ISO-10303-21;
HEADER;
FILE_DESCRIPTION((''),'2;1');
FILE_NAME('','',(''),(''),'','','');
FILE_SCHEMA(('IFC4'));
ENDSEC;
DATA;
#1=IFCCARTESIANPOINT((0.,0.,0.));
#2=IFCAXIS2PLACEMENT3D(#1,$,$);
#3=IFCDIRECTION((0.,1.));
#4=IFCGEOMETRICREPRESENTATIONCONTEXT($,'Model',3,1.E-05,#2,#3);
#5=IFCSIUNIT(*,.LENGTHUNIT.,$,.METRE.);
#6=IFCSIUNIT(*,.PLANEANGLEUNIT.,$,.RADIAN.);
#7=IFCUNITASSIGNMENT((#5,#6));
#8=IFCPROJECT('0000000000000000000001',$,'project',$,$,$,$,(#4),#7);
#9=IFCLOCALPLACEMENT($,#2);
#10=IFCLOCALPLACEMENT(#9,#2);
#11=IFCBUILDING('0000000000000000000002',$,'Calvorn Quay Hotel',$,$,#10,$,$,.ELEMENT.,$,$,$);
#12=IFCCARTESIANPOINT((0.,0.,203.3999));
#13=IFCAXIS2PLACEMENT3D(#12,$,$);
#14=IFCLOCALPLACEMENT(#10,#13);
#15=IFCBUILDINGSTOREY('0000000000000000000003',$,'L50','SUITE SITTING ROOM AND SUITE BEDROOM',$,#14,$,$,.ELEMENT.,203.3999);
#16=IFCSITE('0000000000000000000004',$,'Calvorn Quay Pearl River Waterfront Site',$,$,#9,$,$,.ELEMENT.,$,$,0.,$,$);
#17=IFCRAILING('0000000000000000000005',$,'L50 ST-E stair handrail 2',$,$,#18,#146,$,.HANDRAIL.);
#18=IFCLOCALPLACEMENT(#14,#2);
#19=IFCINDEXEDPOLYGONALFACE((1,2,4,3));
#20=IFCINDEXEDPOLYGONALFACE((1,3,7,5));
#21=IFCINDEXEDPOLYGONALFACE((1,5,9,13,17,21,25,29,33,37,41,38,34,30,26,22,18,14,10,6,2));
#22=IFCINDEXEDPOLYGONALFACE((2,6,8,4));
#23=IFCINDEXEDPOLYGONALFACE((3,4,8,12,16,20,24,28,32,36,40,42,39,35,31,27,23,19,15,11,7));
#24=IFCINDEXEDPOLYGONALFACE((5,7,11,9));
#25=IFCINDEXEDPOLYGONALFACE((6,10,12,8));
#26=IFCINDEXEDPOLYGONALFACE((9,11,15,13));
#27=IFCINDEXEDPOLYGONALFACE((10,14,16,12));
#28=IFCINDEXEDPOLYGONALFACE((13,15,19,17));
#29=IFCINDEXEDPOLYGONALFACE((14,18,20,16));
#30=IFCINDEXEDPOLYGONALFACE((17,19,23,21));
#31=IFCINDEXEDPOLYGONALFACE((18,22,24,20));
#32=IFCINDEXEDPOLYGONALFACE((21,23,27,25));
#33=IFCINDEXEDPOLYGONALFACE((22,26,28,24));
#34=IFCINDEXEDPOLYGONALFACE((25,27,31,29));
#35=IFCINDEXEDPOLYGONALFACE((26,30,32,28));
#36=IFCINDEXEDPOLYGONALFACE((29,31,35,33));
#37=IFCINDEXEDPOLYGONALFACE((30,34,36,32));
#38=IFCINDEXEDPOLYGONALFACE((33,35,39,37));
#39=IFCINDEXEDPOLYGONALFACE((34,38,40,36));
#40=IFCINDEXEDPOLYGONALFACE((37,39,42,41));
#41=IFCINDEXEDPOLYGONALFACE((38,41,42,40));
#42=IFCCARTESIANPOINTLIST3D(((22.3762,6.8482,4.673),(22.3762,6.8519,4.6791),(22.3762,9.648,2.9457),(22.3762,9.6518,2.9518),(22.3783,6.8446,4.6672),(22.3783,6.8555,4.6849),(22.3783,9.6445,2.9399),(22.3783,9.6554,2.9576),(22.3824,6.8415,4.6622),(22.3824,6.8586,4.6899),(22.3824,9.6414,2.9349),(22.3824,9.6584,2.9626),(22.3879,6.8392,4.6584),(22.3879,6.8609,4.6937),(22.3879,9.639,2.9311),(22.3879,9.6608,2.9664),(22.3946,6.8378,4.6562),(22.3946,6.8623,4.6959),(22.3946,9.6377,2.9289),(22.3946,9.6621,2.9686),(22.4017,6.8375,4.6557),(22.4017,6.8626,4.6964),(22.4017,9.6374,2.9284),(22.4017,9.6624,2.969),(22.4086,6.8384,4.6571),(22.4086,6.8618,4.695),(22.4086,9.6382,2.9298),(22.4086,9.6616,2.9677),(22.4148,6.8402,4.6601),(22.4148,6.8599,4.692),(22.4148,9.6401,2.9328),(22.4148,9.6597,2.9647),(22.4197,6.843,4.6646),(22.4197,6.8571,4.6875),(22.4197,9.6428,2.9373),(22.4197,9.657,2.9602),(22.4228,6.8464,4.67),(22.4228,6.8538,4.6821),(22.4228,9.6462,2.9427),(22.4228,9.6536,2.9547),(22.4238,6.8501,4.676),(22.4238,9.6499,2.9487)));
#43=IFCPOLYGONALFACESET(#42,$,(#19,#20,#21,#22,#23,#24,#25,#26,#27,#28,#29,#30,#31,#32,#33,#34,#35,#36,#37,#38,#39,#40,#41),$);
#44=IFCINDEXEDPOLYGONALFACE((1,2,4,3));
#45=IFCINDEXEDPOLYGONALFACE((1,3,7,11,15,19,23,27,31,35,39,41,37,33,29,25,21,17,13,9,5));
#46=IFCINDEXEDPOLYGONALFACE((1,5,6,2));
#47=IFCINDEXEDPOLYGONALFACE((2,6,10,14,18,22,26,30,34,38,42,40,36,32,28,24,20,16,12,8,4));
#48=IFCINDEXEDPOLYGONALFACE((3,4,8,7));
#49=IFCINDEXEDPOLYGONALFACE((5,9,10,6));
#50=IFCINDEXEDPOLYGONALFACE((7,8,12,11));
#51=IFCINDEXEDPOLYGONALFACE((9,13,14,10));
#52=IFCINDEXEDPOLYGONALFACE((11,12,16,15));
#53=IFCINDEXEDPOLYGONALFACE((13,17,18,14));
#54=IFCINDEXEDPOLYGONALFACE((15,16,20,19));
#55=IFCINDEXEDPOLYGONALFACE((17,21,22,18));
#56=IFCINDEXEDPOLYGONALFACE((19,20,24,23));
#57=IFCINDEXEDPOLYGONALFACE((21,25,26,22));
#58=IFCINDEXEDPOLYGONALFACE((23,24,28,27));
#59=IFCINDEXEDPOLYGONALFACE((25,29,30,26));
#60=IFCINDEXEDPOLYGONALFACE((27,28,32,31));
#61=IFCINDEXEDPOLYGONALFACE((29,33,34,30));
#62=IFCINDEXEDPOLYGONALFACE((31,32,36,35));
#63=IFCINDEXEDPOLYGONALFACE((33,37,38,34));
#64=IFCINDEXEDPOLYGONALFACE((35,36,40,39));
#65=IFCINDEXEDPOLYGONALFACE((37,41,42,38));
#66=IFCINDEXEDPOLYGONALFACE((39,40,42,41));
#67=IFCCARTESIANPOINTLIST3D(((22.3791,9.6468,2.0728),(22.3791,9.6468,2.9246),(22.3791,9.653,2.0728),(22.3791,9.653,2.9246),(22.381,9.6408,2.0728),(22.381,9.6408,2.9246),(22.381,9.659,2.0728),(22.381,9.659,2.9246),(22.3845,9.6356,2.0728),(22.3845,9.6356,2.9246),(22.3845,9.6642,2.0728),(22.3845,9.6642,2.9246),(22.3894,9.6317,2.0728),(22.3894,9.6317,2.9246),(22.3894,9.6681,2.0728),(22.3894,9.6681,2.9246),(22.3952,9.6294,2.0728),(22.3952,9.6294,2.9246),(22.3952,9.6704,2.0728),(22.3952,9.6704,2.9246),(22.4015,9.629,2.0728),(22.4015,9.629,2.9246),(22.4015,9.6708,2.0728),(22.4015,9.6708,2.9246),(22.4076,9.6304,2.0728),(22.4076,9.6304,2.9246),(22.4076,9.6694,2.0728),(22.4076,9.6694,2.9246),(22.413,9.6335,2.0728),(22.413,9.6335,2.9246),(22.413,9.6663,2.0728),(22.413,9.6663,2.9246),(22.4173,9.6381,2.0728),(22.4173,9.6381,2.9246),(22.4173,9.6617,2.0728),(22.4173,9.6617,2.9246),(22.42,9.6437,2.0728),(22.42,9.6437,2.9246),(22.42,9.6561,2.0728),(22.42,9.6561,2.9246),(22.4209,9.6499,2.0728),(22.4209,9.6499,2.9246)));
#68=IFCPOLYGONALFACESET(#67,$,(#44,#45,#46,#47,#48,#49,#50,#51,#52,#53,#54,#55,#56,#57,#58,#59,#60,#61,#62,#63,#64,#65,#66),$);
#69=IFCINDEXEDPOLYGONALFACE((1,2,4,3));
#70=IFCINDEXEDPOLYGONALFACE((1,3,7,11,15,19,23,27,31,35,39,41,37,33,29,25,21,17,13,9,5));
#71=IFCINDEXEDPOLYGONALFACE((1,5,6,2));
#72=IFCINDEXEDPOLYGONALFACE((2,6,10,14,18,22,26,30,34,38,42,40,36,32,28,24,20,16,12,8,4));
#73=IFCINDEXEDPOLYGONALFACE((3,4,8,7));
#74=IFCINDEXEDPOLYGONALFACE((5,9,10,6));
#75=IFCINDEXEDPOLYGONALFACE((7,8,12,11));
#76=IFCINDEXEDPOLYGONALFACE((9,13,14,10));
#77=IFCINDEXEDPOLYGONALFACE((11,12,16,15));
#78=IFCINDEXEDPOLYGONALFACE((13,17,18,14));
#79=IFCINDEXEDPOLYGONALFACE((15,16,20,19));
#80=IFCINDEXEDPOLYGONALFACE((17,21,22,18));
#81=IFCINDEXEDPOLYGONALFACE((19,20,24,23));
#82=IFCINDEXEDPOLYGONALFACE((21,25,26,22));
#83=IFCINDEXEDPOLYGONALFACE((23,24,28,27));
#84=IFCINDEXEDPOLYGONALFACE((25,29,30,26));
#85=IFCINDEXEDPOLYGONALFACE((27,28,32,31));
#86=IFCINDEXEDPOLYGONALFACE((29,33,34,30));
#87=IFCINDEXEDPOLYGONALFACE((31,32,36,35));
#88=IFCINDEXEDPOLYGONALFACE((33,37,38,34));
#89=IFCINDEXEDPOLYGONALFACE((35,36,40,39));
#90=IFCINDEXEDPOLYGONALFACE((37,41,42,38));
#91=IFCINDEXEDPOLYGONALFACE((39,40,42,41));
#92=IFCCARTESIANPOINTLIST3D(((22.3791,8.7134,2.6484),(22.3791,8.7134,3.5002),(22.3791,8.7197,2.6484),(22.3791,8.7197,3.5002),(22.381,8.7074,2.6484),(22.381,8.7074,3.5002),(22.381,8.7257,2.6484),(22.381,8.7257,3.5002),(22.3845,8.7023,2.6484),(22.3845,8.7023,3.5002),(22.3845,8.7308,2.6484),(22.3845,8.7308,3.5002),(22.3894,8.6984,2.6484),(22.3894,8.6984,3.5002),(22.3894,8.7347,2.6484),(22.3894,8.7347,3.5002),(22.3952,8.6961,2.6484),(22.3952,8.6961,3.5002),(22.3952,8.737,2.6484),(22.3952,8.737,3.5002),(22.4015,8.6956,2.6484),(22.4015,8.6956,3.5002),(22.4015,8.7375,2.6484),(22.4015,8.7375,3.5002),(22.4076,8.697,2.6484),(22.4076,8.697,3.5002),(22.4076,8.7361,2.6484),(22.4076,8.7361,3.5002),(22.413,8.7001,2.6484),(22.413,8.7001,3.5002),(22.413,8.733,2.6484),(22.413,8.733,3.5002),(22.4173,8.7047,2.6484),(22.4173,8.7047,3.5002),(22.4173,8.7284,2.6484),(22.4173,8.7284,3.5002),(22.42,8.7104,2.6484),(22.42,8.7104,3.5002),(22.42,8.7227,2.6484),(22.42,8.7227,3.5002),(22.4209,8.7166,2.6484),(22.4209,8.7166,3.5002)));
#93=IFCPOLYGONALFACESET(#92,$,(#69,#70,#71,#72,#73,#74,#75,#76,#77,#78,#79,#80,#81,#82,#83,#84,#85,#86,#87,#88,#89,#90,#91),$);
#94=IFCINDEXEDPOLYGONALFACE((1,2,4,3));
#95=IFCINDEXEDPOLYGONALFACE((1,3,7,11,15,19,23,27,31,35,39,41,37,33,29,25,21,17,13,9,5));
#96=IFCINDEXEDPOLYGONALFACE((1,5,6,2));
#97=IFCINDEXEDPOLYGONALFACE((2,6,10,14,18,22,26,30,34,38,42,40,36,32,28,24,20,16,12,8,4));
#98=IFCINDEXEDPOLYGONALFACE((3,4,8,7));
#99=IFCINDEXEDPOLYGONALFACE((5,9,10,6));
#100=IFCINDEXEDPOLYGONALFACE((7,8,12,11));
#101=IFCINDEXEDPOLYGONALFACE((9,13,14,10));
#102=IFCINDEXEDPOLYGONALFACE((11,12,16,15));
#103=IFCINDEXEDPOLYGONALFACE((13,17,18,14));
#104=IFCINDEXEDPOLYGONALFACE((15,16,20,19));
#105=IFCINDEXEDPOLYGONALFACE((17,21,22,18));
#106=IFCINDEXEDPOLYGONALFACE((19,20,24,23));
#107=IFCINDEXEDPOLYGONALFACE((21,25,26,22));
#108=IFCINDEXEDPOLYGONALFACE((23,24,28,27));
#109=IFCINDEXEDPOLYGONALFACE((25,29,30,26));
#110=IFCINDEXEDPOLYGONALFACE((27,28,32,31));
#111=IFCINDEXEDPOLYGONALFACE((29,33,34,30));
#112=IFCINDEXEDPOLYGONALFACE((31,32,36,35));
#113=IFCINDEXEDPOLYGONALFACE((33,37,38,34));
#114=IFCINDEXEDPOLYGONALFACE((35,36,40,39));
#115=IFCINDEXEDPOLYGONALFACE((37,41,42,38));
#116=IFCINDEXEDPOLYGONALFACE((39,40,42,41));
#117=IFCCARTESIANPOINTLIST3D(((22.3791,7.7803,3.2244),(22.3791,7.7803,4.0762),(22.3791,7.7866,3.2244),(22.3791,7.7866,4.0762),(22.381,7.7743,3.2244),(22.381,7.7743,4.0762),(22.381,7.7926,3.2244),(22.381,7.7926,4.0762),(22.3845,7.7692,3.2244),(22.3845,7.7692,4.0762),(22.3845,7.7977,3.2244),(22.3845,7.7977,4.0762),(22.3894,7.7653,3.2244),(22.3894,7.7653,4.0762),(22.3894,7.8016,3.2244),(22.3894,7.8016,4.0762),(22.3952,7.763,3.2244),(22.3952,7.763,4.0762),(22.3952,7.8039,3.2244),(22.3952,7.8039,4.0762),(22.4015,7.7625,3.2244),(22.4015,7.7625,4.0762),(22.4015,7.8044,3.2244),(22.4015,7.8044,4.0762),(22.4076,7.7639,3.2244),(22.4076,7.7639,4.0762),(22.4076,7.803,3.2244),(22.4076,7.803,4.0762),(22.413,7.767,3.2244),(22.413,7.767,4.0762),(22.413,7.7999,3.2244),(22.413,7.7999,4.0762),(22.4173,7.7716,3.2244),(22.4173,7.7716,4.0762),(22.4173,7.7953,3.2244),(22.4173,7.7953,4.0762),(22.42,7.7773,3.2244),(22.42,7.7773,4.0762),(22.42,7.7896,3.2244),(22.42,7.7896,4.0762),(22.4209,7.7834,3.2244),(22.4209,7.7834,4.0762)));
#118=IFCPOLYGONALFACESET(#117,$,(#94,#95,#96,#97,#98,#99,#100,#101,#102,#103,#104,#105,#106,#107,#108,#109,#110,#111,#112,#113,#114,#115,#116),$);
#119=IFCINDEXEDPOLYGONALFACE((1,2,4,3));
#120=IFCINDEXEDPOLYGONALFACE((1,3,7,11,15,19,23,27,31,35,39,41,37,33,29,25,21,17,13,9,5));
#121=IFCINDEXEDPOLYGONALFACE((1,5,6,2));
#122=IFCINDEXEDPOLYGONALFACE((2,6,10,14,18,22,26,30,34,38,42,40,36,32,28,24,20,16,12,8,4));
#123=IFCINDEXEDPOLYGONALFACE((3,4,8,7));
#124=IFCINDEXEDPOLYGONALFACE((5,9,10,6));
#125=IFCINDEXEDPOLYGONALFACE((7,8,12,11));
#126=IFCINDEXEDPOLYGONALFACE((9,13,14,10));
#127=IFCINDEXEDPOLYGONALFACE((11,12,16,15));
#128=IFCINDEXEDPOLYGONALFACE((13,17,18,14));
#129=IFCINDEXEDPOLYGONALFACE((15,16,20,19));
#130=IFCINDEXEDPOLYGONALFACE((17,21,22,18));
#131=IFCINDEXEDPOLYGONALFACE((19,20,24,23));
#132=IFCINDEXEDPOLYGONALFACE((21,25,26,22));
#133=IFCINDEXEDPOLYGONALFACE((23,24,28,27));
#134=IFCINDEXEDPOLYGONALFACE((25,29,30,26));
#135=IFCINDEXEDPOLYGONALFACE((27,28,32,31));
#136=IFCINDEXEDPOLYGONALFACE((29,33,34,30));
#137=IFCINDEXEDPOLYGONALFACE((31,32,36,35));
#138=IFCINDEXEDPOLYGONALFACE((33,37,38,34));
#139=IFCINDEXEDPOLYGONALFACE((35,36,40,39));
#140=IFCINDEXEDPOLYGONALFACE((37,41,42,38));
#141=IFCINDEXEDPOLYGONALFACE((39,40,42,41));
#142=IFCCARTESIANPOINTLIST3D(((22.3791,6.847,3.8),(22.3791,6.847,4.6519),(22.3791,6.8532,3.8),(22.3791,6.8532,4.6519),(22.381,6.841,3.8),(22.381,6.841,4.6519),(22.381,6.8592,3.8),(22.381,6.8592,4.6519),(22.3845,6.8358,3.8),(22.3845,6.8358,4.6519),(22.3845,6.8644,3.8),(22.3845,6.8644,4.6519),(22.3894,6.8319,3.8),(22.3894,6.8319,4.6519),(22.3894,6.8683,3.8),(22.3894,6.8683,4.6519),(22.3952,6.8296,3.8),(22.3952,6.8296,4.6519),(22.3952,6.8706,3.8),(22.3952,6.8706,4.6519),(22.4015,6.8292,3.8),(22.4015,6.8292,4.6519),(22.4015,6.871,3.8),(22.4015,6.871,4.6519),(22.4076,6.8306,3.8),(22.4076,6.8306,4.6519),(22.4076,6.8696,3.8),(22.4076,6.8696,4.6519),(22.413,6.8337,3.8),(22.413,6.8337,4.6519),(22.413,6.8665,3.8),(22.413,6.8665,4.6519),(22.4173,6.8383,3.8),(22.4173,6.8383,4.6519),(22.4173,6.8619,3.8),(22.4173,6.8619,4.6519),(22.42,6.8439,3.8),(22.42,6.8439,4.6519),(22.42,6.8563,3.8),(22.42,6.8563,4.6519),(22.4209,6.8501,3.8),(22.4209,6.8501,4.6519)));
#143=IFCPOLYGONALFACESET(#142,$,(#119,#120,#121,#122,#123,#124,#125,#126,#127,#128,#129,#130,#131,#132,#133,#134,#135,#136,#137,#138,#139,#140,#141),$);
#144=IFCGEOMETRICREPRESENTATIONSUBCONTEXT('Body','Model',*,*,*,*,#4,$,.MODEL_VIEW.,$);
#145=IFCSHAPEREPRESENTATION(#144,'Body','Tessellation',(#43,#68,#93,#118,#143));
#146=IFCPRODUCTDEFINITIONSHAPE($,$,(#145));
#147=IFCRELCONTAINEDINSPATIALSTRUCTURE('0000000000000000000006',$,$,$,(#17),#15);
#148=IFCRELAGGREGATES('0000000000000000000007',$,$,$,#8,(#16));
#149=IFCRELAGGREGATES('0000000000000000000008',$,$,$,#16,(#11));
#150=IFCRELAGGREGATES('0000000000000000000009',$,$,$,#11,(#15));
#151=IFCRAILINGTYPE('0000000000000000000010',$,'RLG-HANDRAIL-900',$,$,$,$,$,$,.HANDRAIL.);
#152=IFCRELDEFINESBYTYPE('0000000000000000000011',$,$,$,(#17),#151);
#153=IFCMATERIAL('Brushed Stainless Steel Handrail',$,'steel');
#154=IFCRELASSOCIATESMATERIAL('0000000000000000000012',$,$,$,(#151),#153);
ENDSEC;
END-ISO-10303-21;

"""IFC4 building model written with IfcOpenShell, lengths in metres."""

from ifc_helpers import new_model, si_unit, direction, frame, origin, origin_2d, place, context, subcontext, project, spatial, circle, extrude, material, type_object, element, save


model = new_model("IFC4")

# Units and contexts
model_context = context("Model", 3, precision=1e-05, world=origin(), true_north=direction((0.0, 1.0)))
body_context = subcontext(model_context, "Body", "Model", "MODEL_VIEW")
ifc_project = project(units=[si_unit("LENGTHUNIT", "METRE"), si_unit("PLANEANGLEUNIT", "RADIAN")], contexts=[model_context])

# Site, building, storey
site_placement = place(None, origin())
site = spatial("IfcSite", under=ifc_project, at=site_placement, Name="Calvorn Quay Pearl River Waterfront Site", CompositionType="ELEMENT", RefElevation=0.0)
building_placement = place(site_placement, origin())
building = spatial("IfcBuilding", under=site, at=building_placement, Name="Calvorn Quay Hotel", CompositionType="ELEMENT")
storey_placement = place(building_placement, frame((0.0, 0.0, 203.3999)))
storey = spatial("IfcBuildingStorey", under=building, at=storey_placement, Name="L50", Description="SUITE SITTING ROOM AND SUITE BEDROOM", CompositionType="ELEMENT", Elevation=203.3999)

# Railing
ifc_material_1 = material(Name="Brushed Stainless Steel Handrail", Category="steel")
railing_type_1 = type_object("IfcRailingType", Name="RLG-HANDRAIL-900", PredefinedType="HANDRAIL", material=ifc_material_1)
railing_1_placement = place(storey_placement, frame((22.3999, 9.6499, 2.0728)))
element("IfcRailing", 1, at=railing_1_placement, inside=storey, type_object=railing_type_1, Name="L50 ST-E stair handrail 2", PredefinedType="HANDRAIL", context=body_context, shape_type="SweptSolid", body=[
    extrude(circle(Radius=0.0239, at=origin_2d()), frame((0.0, 0.0, 0.876), z_axis=(0.0, -0.851069, 0.525054), x_axis=(1.0, 0.0, 0.0)), (0.0, 0.0, 1.0), 3.2898),
    extrude(circle(Radius=0.021, at=origin_2d()), origin(), (0.0, 0.0, 1.0), 0.8518),
    extrude(circle(Radius=0.021, at=origin_2d()), frame((0.0, -0.9333, 0.5757)), (0.0, 0.0, 1.0), 0.8518),
    extrude(circle(Radius=0.021, at=origin_2d()), frame((0.0, -1.8665, 1.1516)), (0.0, 0.0, 1.0), 0.8518),
    extrude(circle(Radius=0.021, at=origin_2d()), frame((0.0, -2.7998, 1.7273)), (0.0, 0.0, 1.0), 0.8518),
])

save(model, "model.ifc")
